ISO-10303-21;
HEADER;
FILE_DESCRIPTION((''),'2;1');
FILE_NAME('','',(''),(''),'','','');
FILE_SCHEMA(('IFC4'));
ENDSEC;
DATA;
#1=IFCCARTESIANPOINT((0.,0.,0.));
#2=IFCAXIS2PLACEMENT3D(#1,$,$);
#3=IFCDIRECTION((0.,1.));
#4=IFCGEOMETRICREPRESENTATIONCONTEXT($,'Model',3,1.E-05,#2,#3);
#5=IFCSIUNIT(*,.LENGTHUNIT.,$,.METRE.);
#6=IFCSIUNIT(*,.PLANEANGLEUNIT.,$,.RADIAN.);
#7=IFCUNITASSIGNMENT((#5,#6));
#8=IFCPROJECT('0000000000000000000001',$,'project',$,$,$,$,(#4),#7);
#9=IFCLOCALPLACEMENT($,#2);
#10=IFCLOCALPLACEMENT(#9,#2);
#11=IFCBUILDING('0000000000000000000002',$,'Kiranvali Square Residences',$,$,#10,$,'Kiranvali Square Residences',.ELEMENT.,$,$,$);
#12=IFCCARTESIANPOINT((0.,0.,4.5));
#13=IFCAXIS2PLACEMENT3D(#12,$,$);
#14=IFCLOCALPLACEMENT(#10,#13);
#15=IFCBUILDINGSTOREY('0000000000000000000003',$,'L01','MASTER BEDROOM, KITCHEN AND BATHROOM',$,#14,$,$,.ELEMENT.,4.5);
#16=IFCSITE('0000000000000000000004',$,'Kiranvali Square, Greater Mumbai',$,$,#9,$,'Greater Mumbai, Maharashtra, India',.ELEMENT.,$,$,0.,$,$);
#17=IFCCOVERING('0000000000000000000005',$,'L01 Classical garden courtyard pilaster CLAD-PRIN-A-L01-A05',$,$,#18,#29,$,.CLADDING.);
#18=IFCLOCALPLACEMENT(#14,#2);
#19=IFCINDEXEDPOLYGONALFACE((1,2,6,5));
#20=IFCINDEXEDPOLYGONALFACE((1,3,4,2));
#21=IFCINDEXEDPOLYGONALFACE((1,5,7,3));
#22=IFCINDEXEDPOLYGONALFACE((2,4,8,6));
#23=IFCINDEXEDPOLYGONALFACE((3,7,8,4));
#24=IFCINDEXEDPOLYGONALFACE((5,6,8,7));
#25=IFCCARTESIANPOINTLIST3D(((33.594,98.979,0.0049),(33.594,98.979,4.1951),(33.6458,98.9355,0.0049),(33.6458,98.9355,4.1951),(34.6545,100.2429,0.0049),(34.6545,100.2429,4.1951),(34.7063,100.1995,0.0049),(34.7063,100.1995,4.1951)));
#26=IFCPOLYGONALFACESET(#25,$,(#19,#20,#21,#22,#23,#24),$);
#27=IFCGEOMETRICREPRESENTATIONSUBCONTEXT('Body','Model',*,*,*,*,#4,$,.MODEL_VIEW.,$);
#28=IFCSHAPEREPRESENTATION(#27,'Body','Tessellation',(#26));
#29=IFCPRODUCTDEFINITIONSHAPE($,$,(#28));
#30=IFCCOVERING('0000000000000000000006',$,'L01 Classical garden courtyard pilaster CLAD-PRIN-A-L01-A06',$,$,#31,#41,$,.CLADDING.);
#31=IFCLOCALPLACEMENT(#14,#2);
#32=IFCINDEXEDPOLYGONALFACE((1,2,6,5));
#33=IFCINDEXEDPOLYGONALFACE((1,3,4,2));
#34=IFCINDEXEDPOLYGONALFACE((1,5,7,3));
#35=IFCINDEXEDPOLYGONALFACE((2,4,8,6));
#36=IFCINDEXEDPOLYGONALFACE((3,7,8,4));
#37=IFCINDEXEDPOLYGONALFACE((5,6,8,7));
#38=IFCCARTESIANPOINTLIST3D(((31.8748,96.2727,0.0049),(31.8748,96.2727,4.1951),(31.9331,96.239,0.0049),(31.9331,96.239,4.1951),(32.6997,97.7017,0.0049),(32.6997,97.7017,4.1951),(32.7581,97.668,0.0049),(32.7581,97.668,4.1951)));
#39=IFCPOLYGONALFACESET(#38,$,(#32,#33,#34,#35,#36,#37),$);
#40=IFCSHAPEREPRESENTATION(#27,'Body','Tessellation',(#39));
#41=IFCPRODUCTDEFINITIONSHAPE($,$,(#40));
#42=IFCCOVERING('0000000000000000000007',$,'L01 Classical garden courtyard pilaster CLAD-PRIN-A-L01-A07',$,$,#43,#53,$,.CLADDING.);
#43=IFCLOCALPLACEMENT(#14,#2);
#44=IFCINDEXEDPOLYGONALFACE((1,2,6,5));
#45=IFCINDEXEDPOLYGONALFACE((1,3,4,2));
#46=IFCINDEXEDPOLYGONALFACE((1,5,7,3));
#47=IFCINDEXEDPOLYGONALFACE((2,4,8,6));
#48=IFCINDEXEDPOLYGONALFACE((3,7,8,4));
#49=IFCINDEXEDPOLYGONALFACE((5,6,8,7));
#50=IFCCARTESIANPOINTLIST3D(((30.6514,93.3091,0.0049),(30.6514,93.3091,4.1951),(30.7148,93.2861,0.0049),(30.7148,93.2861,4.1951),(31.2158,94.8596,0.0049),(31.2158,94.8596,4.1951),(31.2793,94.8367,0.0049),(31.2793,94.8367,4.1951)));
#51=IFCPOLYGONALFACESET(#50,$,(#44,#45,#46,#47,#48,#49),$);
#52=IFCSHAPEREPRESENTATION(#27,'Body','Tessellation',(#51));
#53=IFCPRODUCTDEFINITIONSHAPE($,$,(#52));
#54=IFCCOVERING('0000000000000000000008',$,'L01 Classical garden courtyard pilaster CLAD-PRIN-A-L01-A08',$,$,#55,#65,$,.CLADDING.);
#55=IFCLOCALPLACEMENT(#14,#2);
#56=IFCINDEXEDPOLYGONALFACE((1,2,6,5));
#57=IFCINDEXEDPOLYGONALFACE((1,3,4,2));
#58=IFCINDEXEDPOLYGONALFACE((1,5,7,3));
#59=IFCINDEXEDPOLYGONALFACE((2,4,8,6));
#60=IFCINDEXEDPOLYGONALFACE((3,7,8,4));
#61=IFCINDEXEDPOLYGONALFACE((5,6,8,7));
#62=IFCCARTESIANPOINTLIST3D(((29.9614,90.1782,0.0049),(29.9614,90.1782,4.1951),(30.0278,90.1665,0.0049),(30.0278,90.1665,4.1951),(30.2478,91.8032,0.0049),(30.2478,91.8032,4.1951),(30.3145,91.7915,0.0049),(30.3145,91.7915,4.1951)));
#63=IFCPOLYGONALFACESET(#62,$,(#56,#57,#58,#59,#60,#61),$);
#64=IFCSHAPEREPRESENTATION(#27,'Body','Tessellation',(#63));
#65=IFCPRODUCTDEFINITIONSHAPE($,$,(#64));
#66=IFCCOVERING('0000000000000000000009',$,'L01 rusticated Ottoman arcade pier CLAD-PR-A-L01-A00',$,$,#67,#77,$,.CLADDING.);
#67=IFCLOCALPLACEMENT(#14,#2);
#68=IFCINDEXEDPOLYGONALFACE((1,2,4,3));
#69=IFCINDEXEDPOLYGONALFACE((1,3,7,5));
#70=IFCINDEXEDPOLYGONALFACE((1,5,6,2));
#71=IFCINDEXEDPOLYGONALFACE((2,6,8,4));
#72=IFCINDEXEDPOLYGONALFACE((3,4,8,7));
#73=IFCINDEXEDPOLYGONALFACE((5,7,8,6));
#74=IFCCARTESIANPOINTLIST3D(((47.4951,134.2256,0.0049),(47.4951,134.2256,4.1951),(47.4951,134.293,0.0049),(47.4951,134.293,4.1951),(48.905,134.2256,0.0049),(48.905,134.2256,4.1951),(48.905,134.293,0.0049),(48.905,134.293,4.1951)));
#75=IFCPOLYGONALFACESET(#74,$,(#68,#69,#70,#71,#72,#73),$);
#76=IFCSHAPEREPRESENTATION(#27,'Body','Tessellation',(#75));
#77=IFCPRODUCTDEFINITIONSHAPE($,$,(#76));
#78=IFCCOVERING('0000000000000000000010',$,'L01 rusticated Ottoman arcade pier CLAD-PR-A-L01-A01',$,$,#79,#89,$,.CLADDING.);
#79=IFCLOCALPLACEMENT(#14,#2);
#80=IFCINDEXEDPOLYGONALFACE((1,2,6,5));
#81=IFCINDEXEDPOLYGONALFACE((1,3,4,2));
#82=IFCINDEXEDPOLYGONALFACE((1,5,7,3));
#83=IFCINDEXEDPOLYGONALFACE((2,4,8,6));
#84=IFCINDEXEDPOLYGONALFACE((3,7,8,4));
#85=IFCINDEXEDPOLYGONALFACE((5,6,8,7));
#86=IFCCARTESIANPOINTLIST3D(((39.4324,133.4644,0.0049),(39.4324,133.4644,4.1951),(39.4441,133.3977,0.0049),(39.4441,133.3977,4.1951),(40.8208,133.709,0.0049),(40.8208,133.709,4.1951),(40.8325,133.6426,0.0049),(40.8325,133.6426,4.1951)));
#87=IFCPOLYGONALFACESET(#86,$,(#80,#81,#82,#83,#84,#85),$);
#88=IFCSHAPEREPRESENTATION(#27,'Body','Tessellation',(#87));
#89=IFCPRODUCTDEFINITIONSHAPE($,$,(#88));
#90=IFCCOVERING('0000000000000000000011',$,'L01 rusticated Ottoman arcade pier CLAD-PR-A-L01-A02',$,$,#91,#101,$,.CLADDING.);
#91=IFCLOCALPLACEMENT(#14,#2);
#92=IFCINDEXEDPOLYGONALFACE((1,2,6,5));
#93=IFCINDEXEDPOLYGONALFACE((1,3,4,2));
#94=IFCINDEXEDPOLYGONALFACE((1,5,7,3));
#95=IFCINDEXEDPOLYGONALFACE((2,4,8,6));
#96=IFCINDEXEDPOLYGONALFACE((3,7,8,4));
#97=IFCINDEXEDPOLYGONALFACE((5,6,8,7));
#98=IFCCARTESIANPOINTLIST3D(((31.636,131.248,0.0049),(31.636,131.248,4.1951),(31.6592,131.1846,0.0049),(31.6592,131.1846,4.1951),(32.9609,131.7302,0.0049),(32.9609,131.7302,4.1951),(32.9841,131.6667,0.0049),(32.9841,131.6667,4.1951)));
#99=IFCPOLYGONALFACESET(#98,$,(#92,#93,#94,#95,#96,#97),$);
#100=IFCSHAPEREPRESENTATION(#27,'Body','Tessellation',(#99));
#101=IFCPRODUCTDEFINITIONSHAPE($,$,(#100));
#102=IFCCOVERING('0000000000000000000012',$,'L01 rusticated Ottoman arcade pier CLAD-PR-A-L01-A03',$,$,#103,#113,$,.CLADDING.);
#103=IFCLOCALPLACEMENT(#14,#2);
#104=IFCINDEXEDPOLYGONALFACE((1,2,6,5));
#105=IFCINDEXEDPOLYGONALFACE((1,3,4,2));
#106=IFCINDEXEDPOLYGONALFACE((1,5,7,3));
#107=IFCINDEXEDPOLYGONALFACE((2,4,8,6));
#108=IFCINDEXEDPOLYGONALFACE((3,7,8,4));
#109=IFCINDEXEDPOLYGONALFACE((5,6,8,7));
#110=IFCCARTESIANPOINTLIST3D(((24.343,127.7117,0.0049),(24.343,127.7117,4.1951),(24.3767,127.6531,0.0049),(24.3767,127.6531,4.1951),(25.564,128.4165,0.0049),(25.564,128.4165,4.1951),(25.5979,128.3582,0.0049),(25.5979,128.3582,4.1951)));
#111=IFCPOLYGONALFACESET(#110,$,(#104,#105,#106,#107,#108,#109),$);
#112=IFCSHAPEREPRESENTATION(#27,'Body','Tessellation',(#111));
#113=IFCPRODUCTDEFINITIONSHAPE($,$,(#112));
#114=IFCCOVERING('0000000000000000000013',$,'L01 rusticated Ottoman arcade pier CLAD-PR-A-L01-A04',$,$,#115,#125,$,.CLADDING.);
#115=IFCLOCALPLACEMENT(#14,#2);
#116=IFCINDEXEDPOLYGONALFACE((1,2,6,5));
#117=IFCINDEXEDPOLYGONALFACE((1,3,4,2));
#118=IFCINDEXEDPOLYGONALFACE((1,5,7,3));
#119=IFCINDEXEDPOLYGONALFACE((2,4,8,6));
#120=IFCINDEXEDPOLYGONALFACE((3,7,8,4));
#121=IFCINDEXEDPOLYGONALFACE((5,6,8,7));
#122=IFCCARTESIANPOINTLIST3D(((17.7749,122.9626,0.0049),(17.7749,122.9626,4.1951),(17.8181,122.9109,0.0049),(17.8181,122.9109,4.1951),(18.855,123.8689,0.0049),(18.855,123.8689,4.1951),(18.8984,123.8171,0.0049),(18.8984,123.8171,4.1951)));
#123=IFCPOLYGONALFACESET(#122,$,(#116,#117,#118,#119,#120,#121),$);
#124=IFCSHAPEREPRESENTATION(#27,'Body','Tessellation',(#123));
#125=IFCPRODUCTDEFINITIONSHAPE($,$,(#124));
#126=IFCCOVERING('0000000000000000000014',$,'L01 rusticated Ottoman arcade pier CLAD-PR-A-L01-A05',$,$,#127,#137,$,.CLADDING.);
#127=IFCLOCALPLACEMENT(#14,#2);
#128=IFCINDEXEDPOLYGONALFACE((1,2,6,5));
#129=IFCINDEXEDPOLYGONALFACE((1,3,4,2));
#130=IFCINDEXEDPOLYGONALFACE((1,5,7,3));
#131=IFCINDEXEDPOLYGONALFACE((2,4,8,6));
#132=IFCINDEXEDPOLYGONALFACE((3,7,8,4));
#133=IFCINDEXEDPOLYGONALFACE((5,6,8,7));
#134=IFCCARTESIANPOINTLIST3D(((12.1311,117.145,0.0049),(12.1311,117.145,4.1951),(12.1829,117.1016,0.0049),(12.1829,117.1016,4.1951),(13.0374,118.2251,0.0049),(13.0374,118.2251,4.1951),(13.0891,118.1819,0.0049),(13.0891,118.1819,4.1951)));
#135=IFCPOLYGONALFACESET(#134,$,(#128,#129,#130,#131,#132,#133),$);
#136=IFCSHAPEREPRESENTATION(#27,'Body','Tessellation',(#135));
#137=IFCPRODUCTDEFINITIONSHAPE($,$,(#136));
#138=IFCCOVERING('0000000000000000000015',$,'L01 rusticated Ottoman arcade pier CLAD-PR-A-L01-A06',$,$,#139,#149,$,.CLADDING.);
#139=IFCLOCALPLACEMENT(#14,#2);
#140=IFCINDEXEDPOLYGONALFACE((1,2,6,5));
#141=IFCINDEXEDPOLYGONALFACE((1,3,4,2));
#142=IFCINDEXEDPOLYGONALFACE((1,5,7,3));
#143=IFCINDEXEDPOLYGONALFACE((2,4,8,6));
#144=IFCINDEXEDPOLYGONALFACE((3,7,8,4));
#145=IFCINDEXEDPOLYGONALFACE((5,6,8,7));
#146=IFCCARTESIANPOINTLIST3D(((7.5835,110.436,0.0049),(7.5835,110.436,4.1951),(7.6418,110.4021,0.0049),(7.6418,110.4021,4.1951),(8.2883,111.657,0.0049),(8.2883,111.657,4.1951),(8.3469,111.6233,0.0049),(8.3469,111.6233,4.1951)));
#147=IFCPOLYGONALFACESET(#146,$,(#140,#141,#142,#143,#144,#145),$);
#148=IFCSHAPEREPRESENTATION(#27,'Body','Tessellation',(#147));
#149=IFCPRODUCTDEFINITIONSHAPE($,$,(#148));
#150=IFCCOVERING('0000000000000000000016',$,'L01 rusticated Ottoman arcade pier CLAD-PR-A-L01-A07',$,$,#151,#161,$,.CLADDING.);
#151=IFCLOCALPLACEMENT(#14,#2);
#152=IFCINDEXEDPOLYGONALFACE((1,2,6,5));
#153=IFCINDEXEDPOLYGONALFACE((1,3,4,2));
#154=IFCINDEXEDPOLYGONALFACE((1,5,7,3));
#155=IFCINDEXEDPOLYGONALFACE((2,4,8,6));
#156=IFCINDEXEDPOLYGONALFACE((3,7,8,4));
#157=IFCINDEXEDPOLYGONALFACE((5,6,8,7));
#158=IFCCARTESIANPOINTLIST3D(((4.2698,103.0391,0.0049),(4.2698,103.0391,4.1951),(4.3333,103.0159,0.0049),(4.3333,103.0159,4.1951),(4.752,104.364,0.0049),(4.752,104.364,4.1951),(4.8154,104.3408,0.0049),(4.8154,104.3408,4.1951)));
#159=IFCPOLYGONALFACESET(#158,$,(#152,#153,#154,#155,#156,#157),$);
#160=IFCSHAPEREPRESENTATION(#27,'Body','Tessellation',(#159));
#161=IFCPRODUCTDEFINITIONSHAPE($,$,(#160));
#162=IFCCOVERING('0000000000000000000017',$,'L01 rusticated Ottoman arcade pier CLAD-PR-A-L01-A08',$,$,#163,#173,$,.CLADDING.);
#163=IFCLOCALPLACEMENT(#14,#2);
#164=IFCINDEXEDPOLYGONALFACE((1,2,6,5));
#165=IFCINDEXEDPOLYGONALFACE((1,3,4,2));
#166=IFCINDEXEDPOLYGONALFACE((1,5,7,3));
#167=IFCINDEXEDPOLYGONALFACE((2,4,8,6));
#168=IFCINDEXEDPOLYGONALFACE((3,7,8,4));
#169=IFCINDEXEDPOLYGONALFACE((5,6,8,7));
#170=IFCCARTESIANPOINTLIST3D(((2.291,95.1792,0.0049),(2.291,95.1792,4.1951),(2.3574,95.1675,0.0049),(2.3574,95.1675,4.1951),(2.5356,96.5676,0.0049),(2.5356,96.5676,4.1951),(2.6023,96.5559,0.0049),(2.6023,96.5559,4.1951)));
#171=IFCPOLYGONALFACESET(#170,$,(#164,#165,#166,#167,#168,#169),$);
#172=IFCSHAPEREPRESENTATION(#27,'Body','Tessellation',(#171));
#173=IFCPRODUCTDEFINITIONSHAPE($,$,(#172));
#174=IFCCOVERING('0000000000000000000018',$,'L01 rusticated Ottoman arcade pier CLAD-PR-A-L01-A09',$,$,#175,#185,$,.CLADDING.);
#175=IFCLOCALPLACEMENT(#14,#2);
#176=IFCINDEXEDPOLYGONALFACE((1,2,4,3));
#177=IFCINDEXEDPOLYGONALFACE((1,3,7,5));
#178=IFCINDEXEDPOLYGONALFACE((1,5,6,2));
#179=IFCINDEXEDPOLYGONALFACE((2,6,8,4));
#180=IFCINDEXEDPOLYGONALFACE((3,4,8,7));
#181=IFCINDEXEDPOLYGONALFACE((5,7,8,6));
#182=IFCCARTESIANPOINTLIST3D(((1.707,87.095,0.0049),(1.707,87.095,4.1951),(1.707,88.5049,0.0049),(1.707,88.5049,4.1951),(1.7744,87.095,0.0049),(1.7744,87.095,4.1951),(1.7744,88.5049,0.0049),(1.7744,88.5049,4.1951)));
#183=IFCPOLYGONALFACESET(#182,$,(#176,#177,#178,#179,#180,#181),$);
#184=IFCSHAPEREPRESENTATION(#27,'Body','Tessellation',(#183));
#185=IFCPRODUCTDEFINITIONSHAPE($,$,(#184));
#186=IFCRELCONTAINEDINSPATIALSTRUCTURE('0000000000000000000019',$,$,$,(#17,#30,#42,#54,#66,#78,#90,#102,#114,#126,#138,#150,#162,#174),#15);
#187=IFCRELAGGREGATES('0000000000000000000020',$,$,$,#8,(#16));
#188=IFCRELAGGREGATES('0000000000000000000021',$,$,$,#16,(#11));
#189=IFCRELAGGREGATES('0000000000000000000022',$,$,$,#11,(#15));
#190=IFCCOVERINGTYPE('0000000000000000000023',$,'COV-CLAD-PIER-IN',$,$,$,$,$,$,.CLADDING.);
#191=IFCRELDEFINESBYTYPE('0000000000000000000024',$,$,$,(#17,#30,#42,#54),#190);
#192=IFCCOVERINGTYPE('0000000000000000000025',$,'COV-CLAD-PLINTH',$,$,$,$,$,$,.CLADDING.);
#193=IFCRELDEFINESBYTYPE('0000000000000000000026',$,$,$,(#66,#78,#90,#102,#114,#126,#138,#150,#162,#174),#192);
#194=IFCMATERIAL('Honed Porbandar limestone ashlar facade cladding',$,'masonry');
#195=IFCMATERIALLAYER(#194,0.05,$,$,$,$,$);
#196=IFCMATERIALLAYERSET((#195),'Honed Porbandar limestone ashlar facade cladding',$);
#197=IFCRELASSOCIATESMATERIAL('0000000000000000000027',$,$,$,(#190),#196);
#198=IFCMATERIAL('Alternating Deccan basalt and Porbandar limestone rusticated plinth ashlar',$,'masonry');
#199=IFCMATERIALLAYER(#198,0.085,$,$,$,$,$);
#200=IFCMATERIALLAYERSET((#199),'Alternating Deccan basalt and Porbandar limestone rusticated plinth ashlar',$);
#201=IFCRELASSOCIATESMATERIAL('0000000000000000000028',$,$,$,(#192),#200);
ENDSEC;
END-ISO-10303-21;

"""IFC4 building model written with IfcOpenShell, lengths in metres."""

from ifc_helpers import new_model, si_unit, direction, frame, origin, place, context, subcontext, project, spatial, polyline, outline, extrude, material, layer, layer_set, type_object, element, save


model = new_model("IFC4")

# Units and contexts
model_context = context("Model", 3, precision=1e-05, world=origin(), true_north=direction((0.0, 1.0)))
body_context = subcontext(model_context, "Body", "Model", "MODEL_VIEW")
ifc_project = project(units=[si_unit("LENGTHUNIT", "METRE"), si_unit("PLANEANGLEUNIT", "RADIAN")], contexts=[model_context])

# Site, building, storey
site_placement = place(None, origin())
site = spatial("IfcSite", under=ifc_project, at=site_placement, Name="Kiranvali Square, Greater Mumbai", LongName="Greater Mumbai, Maharashtra, India", CompositionType="ELEMENT", RefElevation=0.0)
building_placement = place(site_placement, origin())
building = spatial("IfcBuilding", under=site, at=building_placement, Name="Kiranvali Square Residences", LongName="Kiranvali Square Residences", CompositionType="ELEMENT")
storey_placement = place(building_placement, frame((0.0, 0.0, 4.5)))
storey = spatial("IfcBuildingStorey", under=building, at=storey_placement, Name="L01", Description="MASTER BEDROOM, KITCHEN AND BATHROOM", CompositionType="ELEMENT", Elevation=4.5)

# Coverings
ifc_material_1 = material(Name="Honed Porbandar limestone ashlar facade cladding", Category="masonry")
ifc_layer_1 = layer(ifc_material_1, 0.05)
ifc_layer_set_1 = layer_set([ifc_layer_1], Name="Honed Porbandar limestone ashlar facade cladding")
covering_type_1 = type_object("IfcCoveringType", Name="COV-CLAD-PIER-IN", PredefinedType="CLADDING", material=ifc_layer_set_1)
covering_1_placement = place(storey_placement, frame((0.0, 0.0, 0.0049)))
element("IfcCovering", 1, at=covering_1_placement, inside=storey, type_object=covering_type_1, Name="L01 Classical garden courtyard pilaster CLAD-PRIN-A-L01-A05", PredefinedType="CLADDING", context=body_context, shape_type="SweptSolid", body=[
    extrude(outline(polyline([(33.6458, 98.9355), (34.7063, 100.1995), (34.6545, 100.2429), (33.594, 98.979), (33.6458, 98.9355)])), origin(), (0.0, 0.0, 1.0), 4.1902),
])
covering_2_placement = place(storey_placement, frame((0.0, 0.0, 0.0049)))
element("IfcCovering", 2, at=covering_2_placement, inside=storey, type_object=covering_type_1, Name="L01 Classical garden courtyard pilaster CLAD-PRIN-A-L01-A06", PredefinedType="CLADDING", context=body_context, shape_type="SweptSolid", body=[
    extrude(outline(polyline([(31.9331, 96.239), (32.7581, 97.668), (32.6997, 97.7017), (31.8748, 96.2727), (31.9331, 96.239)])), origin(), (0.0, 0.0, 1.0), 4.1902),
])
covering_3_placement = place(storey_placement, frame((0.0, 0.0, 0.0049)))
element("IfcCovering", 3, at=covering_3_placement, inside=storey, type_object=covering_type_1, Name="L01 Classical garden courtyard pilaster CLAD-PRIN-A-L01-A07", PredefinedType="CLADDING", context=body_context, shape_type="SweptSolid", body=[
    extrude(outline(polyline([(30.7148, 93.2861), (31.2793, 94.8367), (31.2158, 94.8596), (30.6514, 93.3091), (30.7148, 93.2861)])), origin(), (0.0, 0.0, 1.0), 4.1902),
])
covering_4_placement = place(storey_placement, frame((0.0, 0.0, 0.0049)))
element("IfcCovering", 4, at=covering_4_placement, inside=storey, type_object=covering_type_1, Name="L01 Classical garden courtyard pilaster CLAD-PRIN-A-L01-A08", PredefinedType="CLADDING", context=body_context, shape_type="SweptSolid", body=[
    extrude(outline(polyline([(30.0278, 90.1665), (30.3145, 91.7915), (30.2478, 91.8032), (29.9614, 90.1782), (30.0278, 90.1665)])), origin(), (0.0, 0.0, 1.0), 4.1902),
])
ifc_material_2 = material(Name="Alternating Deccan basalt and Porbandar limestone rusticated plinth ashlar", Category="masonry")
ifc_layer_2 = layer(ifc_material_2, 0.085)
ifc_layer_set_2 = layer_set([ifc_layer_2], Name="Alternating Deccan basalt and Porbandar limestone rusticated plinth ashlar")
covering_type_2 = type_object("IfcCoveringType", Name="COV-CLAD-PLINTH", PredefinedType="CLADDING", material=ifc_layer_set_2)
covering_5_placement = place(storey_placement, frame((0.0, 0.0, 0.0049)))
element("IfcCovering", 5, at=covering_5_placement, inside=storey, type_object=covering_type_2, Name="L01 rusticated Ottoman arcade pier CLAD-PR-A-L01-A00", PredefinedType="CLADDING", context=body_context, shape_type="SweptSolid", body=[
    extrude(outline(polyline([(48.905, 134.293), (47.4951, 134.293), (47.4951, 134.2256), (48.905, 134.2256), (48.905, 134.293)])), origin(), (0.0, 0.0, 1.0), 4.1902),
])
covering_6_placement = place(storey_placement, frame((0.0, 0.0, 0.0049)))
element("IfcCovering", 6, at=covering_6_placement, inside=storey, type_object=covering_type_2, Name="L01 rusticated Ottoman arcade pier CLAD-PR-A-L01-A01", PredefinedType="CLADDING", context=body_context, shape_type="SweptSolid", body=[
    extrude(outline(polyline([(40.8208, 133.709), (39.4324, 133.4644), (39.4441, 133.3977), (40.8325, 133.6426), (40.8208, 133.709)])), origin(), (0.0, 0.0, 1.0), 4.1902),
])
covering_7_placement = place(storey_placement, frame((0.0, 0.0, 0.0049)))
element("IfcCovering", 7, at=covering_7_placement, inside=storey, type_object=covering_type_2, Name="L01 rusticated Ottoman arcade pier CLAD-PR-A-L01-A02", PredefinedType="CLADDING", context=body_context, shape_type="SweptSolid", body=[
    extrude(outline(polyline([(32.9609, 131.7302), (31.636, 131.248), (31.6592, 131.1846), (32.9841, 131.6667), (32.9609, 131.7302)])), origin(), (0.0, 0.0, 1.0), 4.1902),
])
covering_8_placement = place(storey_placement, frame((0.0, 0.0, 0.0049)))
element("IfcCovering", 8, at=covering_8_placement, inside=storey, type_object=covering_type_2, Name="L01 rusticated Ottoman arcade pier CLAD-PR-A-L01-A03", PredefinedType="CLADDING", context=body_context, shape_type="SweptSolid", body=[
    extrude(outline(polyline([(25.564, 128.4165), (24.343, 127.7117), (24.3767, 127.6531), (25.5979, 128.3582), (25.564, 128.4165)])), origin(), (0.0, 0.0, 1.0), 4.1902),
])
covering_9_placement = place(storey_placement, frame((0.0, 0.0, 0.0049)))
element("IfcCovering", 9, at=covering_9_placement, inside=storey, type_object=covering_type_2, Name="L01 rusticated Ottoman arcade pier CLAD-PR-A-L01-A04", PredefinedType="CLADDING", context=body_context, shape_type="SweptSolid", body=[
    extrude(outline(polyline([(18.855, 123.8689), (17.7749, 122.9626), (17.8181, 122.9109), (18.8984, 123.8171), (18.855, 123.8689)])), origin(), (0.0, 0.0, 1.0), 4.1902),
])
covering_10_placement = place(storey_placement, frame((0.0, 0.0, 0.0049)))
element("IfcCovering", 10, at=covering_10_placement, inside=storey, type_object=covering_type_2, Name="L01 rusticated Ottoman arcade pier CLAD-PR-A-L01-A05", PredefinedType="CLADDING", context=body_context, shape_type="SweptSolid", body=[
    extrude(outline(polyline([(13.0374, 118.2251), (12.1311, 117.145), (12.1829, 117.1016), (13.0891, 118.1819), (13.0374, 118.2251)])), origin(), (0.0, 0.0, 1.0), 4.1902),
])
covering_11_placement = place(storey_placement, frame((0.0, 0.0, 0.0049)))
element("IfcCovering", 11, at=covering_11_placement, inside=storey, type_object=covering_type_2, Name="L01 rusticated Ottoman arcade pier CLAD-PR-A-L01-A06", PredefinedType="CLADDING", context=body_context, shape_type="SweptSolid", body=[
    extrude(outline(polyline([(8.2883, 111.657), (7.5835, 110.436), (7.6418, 110.4021), (8.3469, 111.6233), (8.2883, 111.657)])), origin(), (0.0, 0.0, 1.0), 4.1902),
])
covering_12_placement = place(storey_placement, frame((0.0, 0.0, 0.0049)))
element("IfcCovering", 12, at=covering_12_placement, inside=storey, type_object=covering_type_2, Name="L01 rusticated Ottoman arcade pier CLAD-PR-A-L01-A07", PredefinedType="CLADDING", context=body_context, shape_type="SweptSolid", body=[
    extrude(outline(polyline([(4.752, 104.364), (4.2698, 103.0391), (4.3333, 103.0159), (4.8154, 104.3408), (4.752, 104.364)])), origin(), (0.0, 0.0, 1.0), 4.1902),
])
covering_13_placement = place(storey_placement, frame((0.0, 0.0, 0.0049)))
element("IfcCovering", 13, at=covering_13_placement, inside=storey, type_object=covering_type_2, Name="L01 rusticated Ottoman arcade pier CLAD-PR-A-L01-A08", PredefinedType="CLADDING", context=body_context, shape_type="SweptSolid", body=[
    extrude(outline(polyline([(2.5356, 96.5676), (2.291, 95.1792), (2.3574, 95.1675), (2.6023, 96.5559), (2.5356, 96.5676)])), origin(), (0.0, 0.0, 1.0), 4.1902),
])
covering_14_placement = place(storey_placement, frame((0.0, 0.0, 0.0049)))
element("IfcCovering", 14, at=covering_14_placement, inside=storey, type_object=covering_type_2, Name="L01 rusticated Ottoman arcade pier CLAD-PR-A-L01-A09", PredefinedType="CLADDING", context=body_context, shape_type="SweptSolid", body=[
    extrude(outline(polyline([(1.707, 88.5049), (1.707, 87.095), (1.7744, 87.095), (1.7744, 88.5049), (1.707, 88.5049)])), origin(), (0.0, 0.0, 1.0), 4.1902),
])

save(model, "model.ifc")
